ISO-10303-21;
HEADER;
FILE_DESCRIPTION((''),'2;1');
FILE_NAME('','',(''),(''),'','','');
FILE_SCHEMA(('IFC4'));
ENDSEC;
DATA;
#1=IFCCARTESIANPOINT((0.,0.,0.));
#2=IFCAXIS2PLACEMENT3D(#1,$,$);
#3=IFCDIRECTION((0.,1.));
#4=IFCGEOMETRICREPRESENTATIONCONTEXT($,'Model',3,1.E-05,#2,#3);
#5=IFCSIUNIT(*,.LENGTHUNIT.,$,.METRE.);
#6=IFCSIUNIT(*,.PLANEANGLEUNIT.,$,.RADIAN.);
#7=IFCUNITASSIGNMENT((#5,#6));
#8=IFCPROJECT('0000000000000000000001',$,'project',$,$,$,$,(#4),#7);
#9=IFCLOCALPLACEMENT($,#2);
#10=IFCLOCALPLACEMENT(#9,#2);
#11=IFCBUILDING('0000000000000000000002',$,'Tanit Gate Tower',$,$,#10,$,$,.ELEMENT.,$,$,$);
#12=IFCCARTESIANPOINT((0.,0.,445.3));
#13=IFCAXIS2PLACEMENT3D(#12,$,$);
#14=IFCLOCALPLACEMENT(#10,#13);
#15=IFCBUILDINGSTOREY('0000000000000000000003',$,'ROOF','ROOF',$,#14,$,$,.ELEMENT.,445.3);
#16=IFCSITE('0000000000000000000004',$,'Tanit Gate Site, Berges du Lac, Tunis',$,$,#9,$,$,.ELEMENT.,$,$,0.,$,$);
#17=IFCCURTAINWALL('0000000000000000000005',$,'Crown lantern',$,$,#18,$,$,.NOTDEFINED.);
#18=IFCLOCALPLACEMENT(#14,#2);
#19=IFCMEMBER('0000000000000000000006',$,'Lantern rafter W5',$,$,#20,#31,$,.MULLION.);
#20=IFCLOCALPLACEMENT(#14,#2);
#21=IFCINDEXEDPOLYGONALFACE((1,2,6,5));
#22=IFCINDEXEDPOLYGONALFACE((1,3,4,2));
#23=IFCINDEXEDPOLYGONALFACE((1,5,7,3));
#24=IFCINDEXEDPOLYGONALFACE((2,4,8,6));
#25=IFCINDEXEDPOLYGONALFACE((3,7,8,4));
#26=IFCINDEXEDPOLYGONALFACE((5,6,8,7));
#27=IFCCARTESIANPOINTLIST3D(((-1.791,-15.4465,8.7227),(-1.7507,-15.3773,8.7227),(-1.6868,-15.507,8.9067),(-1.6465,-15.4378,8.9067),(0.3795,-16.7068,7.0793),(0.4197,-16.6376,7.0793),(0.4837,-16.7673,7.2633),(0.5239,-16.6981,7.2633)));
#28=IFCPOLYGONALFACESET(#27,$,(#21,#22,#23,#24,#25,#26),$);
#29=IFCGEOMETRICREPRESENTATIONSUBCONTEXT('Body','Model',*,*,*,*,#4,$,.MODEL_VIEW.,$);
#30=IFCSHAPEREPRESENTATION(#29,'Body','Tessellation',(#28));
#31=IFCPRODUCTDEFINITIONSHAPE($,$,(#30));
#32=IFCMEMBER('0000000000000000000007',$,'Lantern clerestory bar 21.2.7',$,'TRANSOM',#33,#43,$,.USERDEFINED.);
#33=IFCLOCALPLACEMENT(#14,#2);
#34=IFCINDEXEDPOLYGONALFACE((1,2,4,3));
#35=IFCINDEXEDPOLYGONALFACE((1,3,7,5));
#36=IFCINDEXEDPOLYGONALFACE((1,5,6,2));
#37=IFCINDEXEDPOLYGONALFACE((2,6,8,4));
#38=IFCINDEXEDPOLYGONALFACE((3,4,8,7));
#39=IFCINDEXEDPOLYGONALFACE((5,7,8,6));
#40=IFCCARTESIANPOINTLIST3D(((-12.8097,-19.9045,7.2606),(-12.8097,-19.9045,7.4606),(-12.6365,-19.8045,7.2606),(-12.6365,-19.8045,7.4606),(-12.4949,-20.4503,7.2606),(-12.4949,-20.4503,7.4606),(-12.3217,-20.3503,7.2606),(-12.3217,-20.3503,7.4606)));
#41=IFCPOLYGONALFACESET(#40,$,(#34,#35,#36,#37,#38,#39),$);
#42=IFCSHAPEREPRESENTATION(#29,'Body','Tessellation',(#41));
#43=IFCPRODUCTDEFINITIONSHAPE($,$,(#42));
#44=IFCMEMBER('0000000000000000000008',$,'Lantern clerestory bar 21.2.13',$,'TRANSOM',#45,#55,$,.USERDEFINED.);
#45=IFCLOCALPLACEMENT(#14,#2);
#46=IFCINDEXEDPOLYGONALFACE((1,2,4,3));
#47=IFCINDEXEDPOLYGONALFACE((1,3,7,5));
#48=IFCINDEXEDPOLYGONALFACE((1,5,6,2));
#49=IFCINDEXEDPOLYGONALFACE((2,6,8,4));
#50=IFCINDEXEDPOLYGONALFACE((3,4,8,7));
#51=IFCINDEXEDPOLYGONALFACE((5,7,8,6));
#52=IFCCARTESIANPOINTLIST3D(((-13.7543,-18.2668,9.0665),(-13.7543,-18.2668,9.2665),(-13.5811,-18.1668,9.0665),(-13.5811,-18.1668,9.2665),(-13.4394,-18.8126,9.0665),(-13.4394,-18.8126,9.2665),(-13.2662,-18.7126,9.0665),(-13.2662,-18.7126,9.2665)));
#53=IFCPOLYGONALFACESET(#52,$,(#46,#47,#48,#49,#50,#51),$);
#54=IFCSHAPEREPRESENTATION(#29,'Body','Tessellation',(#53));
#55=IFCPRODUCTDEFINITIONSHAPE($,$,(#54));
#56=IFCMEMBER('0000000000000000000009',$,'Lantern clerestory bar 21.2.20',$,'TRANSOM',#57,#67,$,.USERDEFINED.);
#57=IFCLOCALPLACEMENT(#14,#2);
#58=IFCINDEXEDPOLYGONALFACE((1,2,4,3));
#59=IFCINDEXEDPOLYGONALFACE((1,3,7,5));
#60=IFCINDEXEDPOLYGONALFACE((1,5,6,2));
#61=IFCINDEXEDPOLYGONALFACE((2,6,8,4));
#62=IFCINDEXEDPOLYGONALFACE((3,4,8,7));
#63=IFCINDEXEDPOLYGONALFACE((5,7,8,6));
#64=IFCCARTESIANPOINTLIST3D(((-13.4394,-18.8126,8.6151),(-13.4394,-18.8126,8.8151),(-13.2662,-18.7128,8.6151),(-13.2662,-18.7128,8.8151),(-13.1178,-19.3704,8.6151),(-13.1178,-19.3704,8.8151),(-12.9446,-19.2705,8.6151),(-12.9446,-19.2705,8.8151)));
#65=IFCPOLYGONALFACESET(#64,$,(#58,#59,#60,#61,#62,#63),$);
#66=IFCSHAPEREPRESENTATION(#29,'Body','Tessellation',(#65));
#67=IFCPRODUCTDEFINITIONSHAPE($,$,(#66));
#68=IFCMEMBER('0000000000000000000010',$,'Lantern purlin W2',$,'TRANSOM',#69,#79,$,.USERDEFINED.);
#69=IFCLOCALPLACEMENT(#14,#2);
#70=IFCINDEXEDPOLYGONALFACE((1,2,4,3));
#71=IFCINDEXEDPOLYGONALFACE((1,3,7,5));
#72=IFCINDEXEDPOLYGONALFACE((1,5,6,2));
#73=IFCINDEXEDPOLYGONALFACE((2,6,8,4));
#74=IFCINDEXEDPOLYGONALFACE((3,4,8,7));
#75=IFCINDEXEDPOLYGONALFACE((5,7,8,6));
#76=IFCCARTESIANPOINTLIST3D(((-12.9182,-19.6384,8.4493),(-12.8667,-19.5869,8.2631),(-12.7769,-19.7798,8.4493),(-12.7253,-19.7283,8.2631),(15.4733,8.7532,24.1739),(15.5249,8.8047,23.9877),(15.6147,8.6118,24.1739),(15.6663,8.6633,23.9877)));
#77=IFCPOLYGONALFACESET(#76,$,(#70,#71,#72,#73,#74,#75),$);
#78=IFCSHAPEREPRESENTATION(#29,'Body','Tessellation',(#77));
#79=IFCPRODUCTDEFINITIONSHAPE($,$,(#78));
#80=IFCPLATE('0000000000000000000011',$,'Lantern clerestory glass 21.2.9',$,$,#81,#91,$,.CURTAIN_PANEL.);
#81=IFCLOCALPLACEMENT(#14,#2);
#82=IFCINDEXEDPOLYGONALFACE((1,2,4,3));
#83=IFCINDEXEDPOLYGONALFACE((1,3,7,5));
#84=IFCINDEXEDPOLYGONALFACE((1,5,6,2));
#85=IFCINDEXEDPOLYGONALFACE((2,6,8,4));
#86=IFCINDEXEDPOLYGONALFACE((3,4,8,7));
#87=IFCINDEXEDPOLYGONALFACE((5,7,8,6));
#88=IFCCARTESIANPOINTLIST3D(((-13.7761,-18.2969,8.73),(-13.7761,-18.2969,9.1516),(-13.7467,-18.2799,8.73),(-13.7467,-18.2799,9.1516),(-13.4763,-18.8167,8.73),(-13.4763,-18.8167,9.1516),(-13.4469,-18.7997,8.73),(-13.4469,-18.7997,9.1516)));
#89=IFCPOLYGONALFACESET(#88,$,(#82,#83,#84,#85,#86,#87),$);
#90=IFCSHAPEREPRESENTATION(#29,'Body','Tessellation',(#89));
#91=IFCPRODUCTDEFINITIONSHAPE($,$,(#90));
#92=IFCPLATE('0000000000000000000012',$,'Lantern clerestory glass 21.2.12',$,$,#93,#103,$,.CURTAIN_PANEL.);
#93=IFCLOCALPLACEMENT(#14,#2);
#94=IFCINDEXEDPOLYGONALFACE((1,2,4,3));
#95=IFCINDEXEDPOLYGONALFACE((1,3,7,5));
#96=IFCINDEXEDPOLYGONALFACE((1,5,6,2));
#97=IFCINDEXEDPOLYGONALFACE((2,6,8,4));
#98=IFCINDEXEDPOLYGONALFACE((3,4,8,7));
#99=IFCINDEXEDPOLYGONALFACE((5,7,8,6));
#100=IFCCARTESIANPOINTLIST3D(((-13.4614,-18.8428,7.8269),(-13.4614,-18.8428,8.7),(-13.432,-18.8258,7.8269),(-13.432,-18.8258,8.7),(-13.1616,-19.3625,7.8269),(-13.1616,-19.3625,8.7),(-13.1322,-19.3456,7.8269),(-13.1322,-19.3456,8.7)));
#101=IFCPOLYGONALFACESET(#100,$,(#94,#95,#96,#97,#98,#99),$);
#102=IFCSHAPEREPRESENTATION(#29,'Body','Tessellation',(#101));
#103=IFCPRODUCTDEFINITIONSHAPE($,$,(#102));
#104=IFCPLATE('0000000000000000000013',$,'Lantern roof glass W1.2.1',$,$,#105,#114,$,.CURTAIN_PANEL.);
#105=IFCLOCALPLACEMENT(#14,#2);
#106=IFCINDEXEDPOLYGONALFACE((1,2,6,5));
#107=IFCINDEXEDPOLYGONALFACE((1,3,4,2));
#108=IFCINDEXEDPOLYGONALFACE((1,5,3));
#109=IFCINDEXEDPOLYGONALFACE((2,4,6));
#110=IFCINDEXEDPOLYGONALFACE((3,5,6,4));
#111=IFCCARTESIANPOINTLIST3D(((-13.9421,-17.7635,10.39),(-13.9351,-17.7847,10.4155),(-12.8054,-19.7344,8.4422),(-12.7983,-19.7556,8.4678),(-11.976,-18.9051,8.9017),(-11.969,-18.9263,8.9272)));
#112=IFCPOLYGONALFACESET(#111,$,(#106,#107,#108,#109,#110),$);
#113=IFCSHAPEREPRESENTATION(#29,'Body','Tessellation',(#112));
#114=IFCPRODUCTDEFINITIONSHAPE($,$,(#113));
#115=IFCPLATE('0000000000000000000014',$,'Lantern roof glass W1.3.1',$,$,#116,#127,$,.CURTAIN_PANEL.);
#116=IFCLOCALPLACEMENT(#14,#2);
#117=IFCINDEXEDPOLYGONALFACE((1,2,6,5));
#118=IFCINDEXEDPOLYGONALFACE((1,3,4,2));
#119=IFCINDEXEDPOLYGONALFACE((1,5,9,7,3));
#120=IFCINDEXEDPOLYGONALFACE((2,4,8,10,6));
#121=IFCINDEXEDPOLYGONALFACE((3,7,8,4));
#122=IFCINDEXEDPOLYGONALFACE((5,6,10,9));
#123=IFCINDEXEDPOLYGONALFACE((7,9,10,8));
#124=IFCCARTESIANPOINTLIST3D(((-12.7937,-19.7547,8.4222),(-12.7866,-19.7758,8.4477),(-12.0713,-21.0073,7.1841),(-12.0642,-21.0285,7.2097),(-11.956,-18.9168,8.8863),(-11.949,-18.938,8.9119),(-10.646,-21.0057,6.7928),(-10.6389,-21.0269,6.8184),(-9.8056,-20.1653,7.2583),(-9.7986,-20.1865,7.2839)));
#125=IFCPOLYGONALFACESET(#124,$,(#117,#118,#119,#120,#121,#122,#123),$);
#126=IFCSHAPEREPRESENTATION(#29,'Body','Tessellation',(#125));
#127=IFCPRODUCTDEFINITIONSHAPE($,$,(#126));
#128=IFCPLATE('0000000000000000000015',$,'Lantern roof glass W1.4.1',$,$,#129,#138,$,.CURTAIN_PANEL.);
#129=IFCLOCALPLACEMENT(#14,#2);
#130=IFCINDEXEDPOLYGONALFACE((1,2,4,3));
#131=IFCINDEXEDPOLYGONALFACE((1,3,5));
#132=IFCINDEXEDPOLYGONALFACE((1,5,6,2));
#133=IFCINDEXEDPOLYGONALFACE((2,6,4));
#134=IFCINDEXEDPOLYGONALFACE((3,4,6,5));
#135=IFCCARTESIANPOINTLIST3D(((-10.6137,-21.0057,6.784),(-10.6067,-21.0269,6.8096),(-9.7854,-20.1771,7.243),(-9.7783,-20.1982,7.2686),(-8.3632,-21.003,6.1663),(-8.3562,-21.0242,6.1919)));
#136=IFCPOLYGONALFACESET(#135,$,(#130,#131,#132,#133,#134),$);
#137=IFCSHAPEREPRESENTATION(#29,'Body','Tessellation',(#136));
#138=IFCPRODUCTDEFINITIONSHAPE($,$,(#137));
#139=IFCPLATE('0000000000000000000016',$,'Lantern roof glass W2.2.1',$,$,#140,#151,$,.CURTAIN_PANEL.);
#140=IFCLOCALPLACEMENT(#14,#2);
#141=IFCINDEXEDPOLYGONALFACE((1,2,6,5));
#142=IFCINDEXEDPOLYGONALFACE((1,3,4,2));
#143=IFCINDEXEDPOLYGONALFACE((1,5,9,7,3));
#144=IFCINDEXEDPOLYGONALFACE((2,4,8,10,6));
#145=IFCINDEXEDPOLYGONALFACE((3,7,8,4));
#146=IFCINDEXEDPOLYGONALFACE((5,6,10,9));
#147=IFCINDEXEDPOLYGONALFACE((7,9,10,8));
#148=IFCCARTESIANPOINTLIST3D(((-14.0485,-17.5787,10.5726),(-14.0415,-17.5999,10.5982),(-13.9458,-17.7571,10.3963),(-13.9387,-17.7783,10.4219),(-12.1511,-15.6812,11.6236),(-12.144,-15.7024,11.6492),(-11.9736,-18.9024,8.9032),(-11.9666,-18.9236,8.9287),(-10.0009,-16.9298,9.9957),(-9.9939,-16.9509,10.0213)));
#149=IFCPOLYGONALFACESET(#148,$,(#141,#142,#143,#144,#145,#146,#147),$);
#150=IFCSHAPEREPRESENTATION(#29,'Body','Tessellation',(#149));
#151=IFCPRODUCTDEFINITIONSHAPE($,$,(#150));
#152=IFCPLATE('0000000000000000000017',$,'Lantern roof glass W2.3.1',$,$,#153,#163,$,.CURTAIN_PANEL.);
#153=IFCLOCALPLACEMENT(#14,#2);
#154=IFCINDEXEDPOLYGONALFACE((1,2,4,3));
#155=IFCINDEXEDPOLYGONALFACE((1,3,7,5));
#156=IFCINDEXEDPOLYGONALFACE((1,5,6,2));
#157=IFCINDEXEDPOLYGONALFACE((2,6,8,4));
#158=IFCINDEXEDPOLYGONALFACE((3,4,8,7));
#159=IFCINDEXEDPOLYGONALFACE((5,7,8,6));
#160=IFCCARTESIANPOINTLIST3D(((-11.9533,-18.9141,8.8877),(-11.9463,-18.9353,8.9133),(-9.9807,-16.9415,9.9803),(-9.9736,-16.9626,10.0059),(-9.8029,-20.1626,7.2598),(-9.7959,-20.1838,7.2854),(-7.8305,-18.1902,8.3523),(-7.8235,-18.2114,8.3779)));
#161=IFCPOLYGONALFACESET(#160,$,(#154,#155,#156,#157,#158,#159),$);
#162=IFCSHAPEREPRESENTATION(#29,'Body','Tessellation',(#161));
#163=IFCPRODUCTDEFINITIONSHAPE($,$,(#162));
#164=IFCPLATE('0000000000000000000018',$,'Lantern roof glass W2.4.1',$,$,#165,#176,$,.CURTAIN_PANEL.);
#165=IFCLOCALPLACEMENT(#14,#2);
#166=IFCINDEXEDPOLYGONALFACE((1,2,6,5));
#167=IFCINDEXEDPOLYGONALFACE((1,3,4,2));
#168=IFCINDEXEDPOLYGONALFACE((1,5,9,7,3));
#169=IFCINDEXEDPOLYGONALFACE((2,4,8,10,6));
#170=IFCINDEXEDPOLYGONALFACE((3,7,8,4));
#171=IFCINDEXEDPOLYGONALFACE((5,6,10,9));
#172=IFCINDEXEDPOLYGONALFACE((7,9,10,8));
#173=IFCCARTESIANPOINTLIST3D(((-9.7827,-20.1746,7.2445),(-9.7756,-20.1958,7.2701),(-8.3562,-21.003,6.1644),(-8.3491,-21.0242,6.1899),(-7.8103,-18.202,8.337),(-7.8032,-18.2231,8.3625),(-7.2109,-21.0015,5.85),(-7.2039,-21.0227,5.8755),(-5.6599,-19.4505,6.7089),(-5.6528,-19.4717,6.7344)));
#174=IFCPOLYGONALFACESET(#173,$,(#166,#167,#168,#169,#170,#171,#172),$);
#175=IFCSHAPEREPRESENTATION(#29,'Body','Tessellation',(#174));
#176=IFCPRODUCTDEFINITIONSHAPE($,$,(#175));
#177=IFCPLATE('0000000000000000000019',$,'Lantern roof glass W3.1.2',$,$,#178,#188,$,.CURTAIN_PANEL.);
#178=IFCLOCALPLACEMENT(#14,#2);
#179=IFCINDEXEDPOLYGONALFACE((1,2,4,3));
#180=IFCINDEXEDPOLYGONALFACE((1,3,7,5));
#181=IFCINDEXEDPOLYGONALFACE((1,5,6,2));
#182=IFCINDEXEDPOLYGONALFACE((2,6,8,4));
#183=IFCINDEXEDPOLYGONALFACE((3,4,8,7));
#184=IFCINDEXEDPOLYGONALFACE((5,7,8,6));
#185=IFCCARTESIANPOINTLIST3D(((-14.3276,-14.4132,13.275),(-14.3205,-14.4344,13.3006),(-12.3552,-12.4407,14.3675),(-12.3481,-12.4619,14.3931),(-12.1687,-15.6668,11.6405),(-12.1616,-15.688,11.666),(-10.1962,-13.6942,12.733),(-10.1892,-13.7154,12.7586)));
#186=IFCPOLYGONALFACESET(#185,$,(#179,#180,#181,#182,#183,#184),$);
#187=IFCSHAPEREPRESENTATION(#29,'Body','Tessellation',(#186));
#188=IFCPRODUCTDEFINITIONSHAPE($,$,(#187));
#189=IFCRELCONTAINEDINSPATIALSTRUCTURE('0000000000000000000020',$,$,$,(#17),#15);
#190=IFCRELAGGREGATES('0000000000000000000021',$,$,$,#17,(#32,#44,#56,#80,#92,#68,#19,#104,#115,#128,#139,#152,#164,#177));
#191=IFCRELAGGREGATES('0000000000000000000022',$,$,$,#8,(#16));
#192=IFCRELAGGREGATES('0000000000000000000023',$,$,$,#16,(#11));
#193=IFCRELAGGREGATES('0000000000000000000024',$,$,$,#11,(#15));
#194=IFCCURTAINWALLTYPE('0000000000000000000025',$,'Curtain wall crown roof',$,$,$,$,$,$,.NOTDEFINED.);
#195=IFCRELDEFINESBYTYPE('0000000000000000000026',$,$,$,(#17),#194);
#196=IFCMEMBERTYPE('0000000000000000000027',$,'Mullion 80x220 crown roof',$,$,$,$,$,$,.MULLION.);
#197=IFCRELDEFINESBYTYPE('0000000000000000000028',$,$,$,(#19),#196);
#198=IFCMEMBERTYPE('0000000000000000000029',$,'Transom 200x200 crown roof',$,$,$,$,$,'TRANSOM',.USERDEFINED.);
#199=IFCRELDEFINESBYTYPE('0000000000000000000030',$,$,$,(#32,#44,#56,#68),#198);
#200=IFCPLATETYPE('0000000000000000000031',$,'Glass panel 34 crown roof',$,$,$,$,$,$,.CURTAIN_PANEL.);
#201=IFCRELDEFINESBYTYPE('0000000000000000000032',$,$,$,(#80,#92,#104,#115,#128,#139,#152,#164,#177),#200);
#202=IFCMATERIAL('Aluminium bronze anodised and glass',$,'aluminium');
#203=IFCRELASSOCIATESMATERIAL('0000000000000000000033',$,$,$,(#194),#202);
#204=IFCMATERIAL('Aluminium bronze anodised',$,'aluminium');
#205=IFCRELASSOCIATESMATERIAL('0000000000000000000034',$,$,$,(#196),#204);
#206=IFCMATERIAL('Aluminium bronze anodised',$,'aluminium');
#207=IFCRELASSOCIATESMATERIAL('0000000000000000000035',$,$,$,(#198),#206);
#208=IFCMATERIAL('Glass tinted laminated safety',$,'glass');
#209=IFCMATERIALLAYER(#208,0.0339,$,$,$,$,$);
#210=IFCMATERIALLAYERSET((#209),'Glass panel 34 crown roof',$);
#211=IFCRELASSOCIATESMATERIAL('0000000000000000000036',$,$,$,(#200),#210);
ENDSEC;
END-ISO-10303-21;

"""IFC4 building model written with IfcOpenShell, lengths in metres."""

from ifc_helpers import new_model, si_unit, direction, frame, origin, origin_2d, place, context, subcontext, project, spatial, polyline, rectangle, outline, extrude, material, layer, layer_set, material_profile, profile_set, type_object, element, aggregate, save


model = new_model("IFC4")

# Units and contexts
model_context = context("Model", 3, precision=1e-05, world=origin(), true_north=direction((0.0, 1.0)))
body_context = subcontext(model_context, "Body", "Model", "MODEL_VIEW")
ifc_project = project(units=[si_unit("LENGTHUNIT", "METRE"), si_unit("PLANEANGLEUNIT", "RADIAN")], contexts=[model_context])

# Site, building, storey
site_placement = place(None, origin())
site = spatial("IfcSite", under=ifc_project, at=site_placement, Name="Tanit Gate Site, Berges du Lac, Tunis", CompositionType="ELEMENT", RefElevation=0.0)
building_placement = place(site_placement, origin())
building = spatial("IfcBuilding", under=site, at=building_placement, Name="Tanit Gate Tower", CompositionType="ELEMENT")
storey_placement = place(building_placement, frame((0.0, 0.0, 445.3)))
storey = spatial("IfcBuildingStorey", under=building, at=storey_placement, Name="ROOF", Description="ROOF", CompositionType="ELEMENT", Elevation=445.3)

# Curtain wall, members, plates
ifc_material_1 = material(Name="Aluminium bronze anodised and glass", Category="aluminium")
curtain_wall_type = type_object("IfcCurtainWallType", Name="Curtain wall crown roof", PredefinedType="NOTDEFINED", material=ifc_material_1)
curtain_wall_placement = place(storey_placement, origin())
curtain_wall = element("IfcCurtainWall", 1, at=curtain_wall_placement, inside=storey, type_object=curtain_wall_type, Name="Crown lantern", PredefinedType="NOTDEFINED")
ifc_material_2 = material(Name="Aluminium bronze anodised", Category="aluminium")
ifc_material_profile_1 = material_profile(ifc_material_2, rectangle(XDim=0.0801, YDim=0.22, at=origin_2d()), Name="80x220 bronze rafter")
ifc_profile_set_1 = profile_set([ifc_material_profile_1], Name="Aluminium bronze anodised")
member_type_1 = type_object("IfcMemberType", Name="Mullion 80x220 crown roof", PredefinedType="MULLION", material=ifc_profile_set_1)
member_1_placement = place(storey_placement, frame((-1.7188, -15.4421, 8.8147), z_axis=(0.723495, -0.420099, -0.547789), x_axis=(0.50214, 0.864786, 0.0)))
member_1 = element("IfcMember", 2, at=member_1_placement, type_object=member_type_1, Name="Lantern rafter W5", PredefinedType="MULLION", context=body_context, shape_type="SweptSolid", body=[
    extrude(rectangle(XDim=0.0801, YDim=0.22, at=origin_2d()), origin(), (0.0, 0.0, 1.0), 3.0),
])
ifc_material_3 = material(Name="Aluminium bronze anodised", Category="aluminium")
ifc_material_profile_2 = material_profile(ifc_material_3, rectangle(XDim=0.2, YDim=0.2, at=origin_2d()), Name="200x200 bronze transom")
ifc_profile_set_2 = profile_set([ifc_material_profile_2], Name="Aluminium bronze anodised")
member_type_2 = type_object("IfcMemberType", Name="Transom 200x200 crown roof", ElementType="TRANSOM", PredefinedType="USERDEFINED", material=ifc_profile_set_2)
member_2_placement = place(storey_placement, frame((-12.7231, -19.8545, 7.3606), z_axis=(0.499722, -0.866186, 0.0), x_axis=(0.866186, 0.499722, 0.0)))
member_2 = element("IfcMember", 3, at=member_2_placement, type_object=member_type_2, Name="Lantern clerestory bar 21.2.7", ObjectType="TRANSOM", PredefinedType="USERDEFINED", context=body_context, shape_type="SweptSolid", body=[
    extrude(rectangle(XDim=0.2, YDim=0.2, at=origin_2d()), origin(), (0.0, 0.0, 1.0), 0.6301),
])
member_3_placement = place(storey_placement, frame((-13.6677, -18.2168, 9.1665), z_axis=(0.499722, -0.866186, 0.0), x_axis=(0.866186, 0.499722, 0.0)))
member_3 = element("IfcMember", 4, at=member_3_placement, type_object=member_type_2, Name="Lantern clerestory bar 21.2.13", ObjectType="TRANSOM", PredefinedType="USERDEFINED", context=body_context, shape_type="SweptSolid", body=[
    extrude(rectangle(XDim=0.2, YDim=0.2, at=origin_2d()), origin(), (0.0, 0.0, 1.0), 0.6301),
])
member_4_placement = place(storey_placement, frame((-13.3528, -18.7627, 8.7151), z_axis=(0.499525, -0.866299, 0.0), x_axis=(0.866299, 0.499525, 0.0)))
member_4 = element("IfcMember", 5, at=member_4_placement, type_object=member_type_2, Name="Lantern clerestory bar 21.2.20", ObjectType="TRANSOM", PredefinedType="USERDEFINED", context=body_context, shape_type="SweptSolid", body=[
    extrude(rectangle(XDim=0.2, YDim=0.2, at=origin_2d()), origin(), (0.0, 0.0, 1.0), 0.6438),
])
member_5_placement = place(storey_placement, frame((-12.8218, -19.6833, 8.3562), z_axis=(0.658415, 0.658415, 0.364662), x_axis=(-0.707107, 0.707107, 0.0)))
member_5 = element("IfcMember", 6, at=member_5_placement, type_object=member_type_2, Name="Lantern purlin W2", ObjectType="TRANSOM", PredefinedType="USERDEFINED", context=body_context, shape_type="SweptSolid", body=[
    extrude(rectangle(XDim=0.2, YDim=0.2, at=origin_2d()), origin(), (0.0, 0.0, 1.0), 43.1211),
])
ifc_material_4 = material(Name="Glass tinted laminated safety", Category="glass")
ifc_layer = layer(ifc_material_4, 0.0339)
ifc_layer_set = layer_set([ifc_layer], Name="Glass panel 34 crown roof")
plate_type = type_object("IfcPlateType", Name="Glass panel 34 crown roof", PredefinedType="CURTAIN_PANEL", material=ifc_layer_set)
plate_1_placement = place(storey_placement, frame((-13.7761, -18.2969, 8.73), z_axis=(-0.866233, -0.49964, 0.0), x_axis=(0.49964, -0.866233, 0.0)))
plate_1 = element("IfcPlate", 7, at=plate_1_placement, type_object=plate_type, Name="Lantern clerestory glass 21.2.9", PredefinedType="CURTAIN_PANEL", context=body_context, shape_type="SweptSolid", body=[
    extrude(outline(polyline([(0.0, 0.0), (0.6, 0.0), (0.6, 0.4216), (0.0, 0.4216), (0.0, 0.0)])), origin(), (0.0, 0.0, -1.0), 0.0339),
])
plate_2_placement = place(storey_placement, frame((-13.4614, -18.8428, 7.8269), z_axis=(-0.866233, -0.49964, 0.0), x_axis=(0.49964, -0.866233, 0.0)))
plate_2 = element("IfcPlate", 8, at=plate_2_placement, type_object=plate_type, Name="Lantern clerestory glass 21.2.12", PredefinedType="CURTAIN_PANEL", context=body_context, shape_type="SweptSolid", body=[
    extrude(outline(polyline([(0.0, 0.0), (0.6, 0.0), (0.6, 0.873), (0.0, 0.873), (0.0, 0.0)])), origin(), (0.0, 0.0, -1.0), 0.0339),
])
plate_3_placement = place(storey_placement, frame((-12.7983, -19.7556, 8.4678), z_axis=(0.20736, -0.624523, 0.752976), x_axis=(0.658388, 0.658388, 0.364759)))
plate_3 = element("IfcPlate", 9, at=plate_3_placement, type_object=plate_type, Name="Lantern roof glass W1.2.1", PredefinedType="CURTAIN_PANEL", context=body_context, shape_type="SweptSolid", body=[
    extrude(outline(polyline([(0.0, 0.0), (1.2597, 0.0), (1.2597, 2.7173), (0.0, 0.0)])), origin(), (0.0, 0.0, -1.0), 0.0339),
])
plate_4_placement = place(storey_placement, frame((-11.949, -18.938, 8.9119), z_axis=(0.207454, -0.624518, 0.752954), x_axis=(-0.658306, -0.658465, -0.36477)))
plate_4 = element("IfcPlate", 10, at=plate_4_placement, type_object=plate_type, Name="Lantern roof glass W1.3.1", PredefinedType="CURTAIN_PANEL", context=body_context, shape_type="SweptSolid", body=[
    extrude(outline(polyline([(0.0, 0.0), (1.2724, 0.0), (2.0733, 1.727), (1.2767, 2.972), (0.0003, 2.9721), (0.0, 0.0)])), origin(), (0.0, 0.0, -1.0), 0.0339),
])
plate_5_placement = place(storey_placement, frame((-9.7783, -20.1982, 7.2686), z_axis=(0.207418, -0.624463, 0.753009), x_axis=(-0.658294, -0.658488, -0.364749)))
plate_5 = element("IfcPlate", 11, at=plate_5_placement, type_object=plate_type, Name="Lantern roof glass W1.4.1", PredefinedType="CURTAIN_PANEL", context=body_context, shape_type="SweptSolid", body=[
    extrude(outline(polyline([(0.0, 0.0), (1.2584, 0.0), (0.0004, 1.9656), (0.0, 0.0)])), origin(), (0.0, 0.0, -1.0), 0.0339),
])
plate_6_placement = place(storey_placement, frame((-11.9666, -18.9236, 8.9287), z_axis=(0.207447, -0.624491, 0.752978), x_axis=(0.658419, 0.65841, 0.364664)))
plate_6 = element("IfcPlate", 12, at=plate_6_placement, type_object=plate_type, Name="Lantern roof glass W2.2.1", PredefinedType="CURTAIN_PANEL", context=body_context, shape_type="SweptSolid", body=[
    extrude(outline(polyline([(0.0, 0.0), (2.9961, 0.0), (2.9961, 2.9719), (0.1142, 2.9718), (0.0, 2.7259), (0.0, 0.0)])), origin(), (0.0, 0.0, -1.0), 0.0339),
])
plate_7_placement = place(storey_placement, frame((-9.7959, -20.1838, 7.2854), z_axis=(0.207432, -0.624488, 0.752985), x_axis=(0.658403, 0.658417, 0.364682)))
plate_7 = element("IfcPlate", 13, at=plate_7_placement, type_object=plate_type, Name="Lantern roof glass W2.3.1", PredefinedType="CURTAIN_PANEL", context=body_context, shape_type="SweptSolid", body=[
    extrude(outline(polyline([(0.0, 0.0), (2.9957, 0.0), (2.996, 2.972), (-0.0001, 2.9721), (0.0, 0.0)])), origin(), (0.0, 0.0, -1.0), 0.0339),
])
plate_8_placement = place(storey_placement, frame((-7.8032, -18.2231, 8.3625), z_axis=(0.207514, -0.624482, 0.752968), x_axis=(-0.658367, -0.658464, -0.364662)))
plate_8 = element("IfcPlate", 14, at=plate_8_placement, type_object=plate_type, Name="Lantern roof glass W2.4.1", PredefinedType="CURTAIN_PANEL", context=body_context, shape_type="SweptSolid", body=[
    extrude(outline(polyline([(0.0, 0.0), (2.9959, 0.0), (2.996, 1.9717), (2.3557, 2.972), (0.0001, 2.9722), (0.0, 0.0)])), origin(), (0.0, 0.0, -1.0), 0.0339),
])
plate_9_placement = place(storey_placement, frame((-12.1616, -15.688, 11.666), z_axis=(0.207466, -0.624499, 0.752967), x_axis=(0.658376, 0.658437, 0.364694)))
plate_9 = element("IfcPlate", 15, at=plate_9_placement, type_object=plate_type, Name="Lantern roof glass W3.1.2", PredefinedType="CURTAIN_PANEL", context=body_context, shape_type="SweptSolid", body=[
    extrude(outline(polyline([(0.0, 0.0), (2.9959, 0.0), (2.9959, 2.9839), (0.0002, 2.984), (0.0, 0.0)])), origin(), (0.0, 0.0, -1.0), 0.0339),
])
aggregate(curtain_wall, [member_2, member_3, member_4, plate_1, plate_2, member_5, member_1, plate_3, plate_4, plate_5, plate_6, plate_7, plate_8, plate_9])

save(model, "model.ifc")
